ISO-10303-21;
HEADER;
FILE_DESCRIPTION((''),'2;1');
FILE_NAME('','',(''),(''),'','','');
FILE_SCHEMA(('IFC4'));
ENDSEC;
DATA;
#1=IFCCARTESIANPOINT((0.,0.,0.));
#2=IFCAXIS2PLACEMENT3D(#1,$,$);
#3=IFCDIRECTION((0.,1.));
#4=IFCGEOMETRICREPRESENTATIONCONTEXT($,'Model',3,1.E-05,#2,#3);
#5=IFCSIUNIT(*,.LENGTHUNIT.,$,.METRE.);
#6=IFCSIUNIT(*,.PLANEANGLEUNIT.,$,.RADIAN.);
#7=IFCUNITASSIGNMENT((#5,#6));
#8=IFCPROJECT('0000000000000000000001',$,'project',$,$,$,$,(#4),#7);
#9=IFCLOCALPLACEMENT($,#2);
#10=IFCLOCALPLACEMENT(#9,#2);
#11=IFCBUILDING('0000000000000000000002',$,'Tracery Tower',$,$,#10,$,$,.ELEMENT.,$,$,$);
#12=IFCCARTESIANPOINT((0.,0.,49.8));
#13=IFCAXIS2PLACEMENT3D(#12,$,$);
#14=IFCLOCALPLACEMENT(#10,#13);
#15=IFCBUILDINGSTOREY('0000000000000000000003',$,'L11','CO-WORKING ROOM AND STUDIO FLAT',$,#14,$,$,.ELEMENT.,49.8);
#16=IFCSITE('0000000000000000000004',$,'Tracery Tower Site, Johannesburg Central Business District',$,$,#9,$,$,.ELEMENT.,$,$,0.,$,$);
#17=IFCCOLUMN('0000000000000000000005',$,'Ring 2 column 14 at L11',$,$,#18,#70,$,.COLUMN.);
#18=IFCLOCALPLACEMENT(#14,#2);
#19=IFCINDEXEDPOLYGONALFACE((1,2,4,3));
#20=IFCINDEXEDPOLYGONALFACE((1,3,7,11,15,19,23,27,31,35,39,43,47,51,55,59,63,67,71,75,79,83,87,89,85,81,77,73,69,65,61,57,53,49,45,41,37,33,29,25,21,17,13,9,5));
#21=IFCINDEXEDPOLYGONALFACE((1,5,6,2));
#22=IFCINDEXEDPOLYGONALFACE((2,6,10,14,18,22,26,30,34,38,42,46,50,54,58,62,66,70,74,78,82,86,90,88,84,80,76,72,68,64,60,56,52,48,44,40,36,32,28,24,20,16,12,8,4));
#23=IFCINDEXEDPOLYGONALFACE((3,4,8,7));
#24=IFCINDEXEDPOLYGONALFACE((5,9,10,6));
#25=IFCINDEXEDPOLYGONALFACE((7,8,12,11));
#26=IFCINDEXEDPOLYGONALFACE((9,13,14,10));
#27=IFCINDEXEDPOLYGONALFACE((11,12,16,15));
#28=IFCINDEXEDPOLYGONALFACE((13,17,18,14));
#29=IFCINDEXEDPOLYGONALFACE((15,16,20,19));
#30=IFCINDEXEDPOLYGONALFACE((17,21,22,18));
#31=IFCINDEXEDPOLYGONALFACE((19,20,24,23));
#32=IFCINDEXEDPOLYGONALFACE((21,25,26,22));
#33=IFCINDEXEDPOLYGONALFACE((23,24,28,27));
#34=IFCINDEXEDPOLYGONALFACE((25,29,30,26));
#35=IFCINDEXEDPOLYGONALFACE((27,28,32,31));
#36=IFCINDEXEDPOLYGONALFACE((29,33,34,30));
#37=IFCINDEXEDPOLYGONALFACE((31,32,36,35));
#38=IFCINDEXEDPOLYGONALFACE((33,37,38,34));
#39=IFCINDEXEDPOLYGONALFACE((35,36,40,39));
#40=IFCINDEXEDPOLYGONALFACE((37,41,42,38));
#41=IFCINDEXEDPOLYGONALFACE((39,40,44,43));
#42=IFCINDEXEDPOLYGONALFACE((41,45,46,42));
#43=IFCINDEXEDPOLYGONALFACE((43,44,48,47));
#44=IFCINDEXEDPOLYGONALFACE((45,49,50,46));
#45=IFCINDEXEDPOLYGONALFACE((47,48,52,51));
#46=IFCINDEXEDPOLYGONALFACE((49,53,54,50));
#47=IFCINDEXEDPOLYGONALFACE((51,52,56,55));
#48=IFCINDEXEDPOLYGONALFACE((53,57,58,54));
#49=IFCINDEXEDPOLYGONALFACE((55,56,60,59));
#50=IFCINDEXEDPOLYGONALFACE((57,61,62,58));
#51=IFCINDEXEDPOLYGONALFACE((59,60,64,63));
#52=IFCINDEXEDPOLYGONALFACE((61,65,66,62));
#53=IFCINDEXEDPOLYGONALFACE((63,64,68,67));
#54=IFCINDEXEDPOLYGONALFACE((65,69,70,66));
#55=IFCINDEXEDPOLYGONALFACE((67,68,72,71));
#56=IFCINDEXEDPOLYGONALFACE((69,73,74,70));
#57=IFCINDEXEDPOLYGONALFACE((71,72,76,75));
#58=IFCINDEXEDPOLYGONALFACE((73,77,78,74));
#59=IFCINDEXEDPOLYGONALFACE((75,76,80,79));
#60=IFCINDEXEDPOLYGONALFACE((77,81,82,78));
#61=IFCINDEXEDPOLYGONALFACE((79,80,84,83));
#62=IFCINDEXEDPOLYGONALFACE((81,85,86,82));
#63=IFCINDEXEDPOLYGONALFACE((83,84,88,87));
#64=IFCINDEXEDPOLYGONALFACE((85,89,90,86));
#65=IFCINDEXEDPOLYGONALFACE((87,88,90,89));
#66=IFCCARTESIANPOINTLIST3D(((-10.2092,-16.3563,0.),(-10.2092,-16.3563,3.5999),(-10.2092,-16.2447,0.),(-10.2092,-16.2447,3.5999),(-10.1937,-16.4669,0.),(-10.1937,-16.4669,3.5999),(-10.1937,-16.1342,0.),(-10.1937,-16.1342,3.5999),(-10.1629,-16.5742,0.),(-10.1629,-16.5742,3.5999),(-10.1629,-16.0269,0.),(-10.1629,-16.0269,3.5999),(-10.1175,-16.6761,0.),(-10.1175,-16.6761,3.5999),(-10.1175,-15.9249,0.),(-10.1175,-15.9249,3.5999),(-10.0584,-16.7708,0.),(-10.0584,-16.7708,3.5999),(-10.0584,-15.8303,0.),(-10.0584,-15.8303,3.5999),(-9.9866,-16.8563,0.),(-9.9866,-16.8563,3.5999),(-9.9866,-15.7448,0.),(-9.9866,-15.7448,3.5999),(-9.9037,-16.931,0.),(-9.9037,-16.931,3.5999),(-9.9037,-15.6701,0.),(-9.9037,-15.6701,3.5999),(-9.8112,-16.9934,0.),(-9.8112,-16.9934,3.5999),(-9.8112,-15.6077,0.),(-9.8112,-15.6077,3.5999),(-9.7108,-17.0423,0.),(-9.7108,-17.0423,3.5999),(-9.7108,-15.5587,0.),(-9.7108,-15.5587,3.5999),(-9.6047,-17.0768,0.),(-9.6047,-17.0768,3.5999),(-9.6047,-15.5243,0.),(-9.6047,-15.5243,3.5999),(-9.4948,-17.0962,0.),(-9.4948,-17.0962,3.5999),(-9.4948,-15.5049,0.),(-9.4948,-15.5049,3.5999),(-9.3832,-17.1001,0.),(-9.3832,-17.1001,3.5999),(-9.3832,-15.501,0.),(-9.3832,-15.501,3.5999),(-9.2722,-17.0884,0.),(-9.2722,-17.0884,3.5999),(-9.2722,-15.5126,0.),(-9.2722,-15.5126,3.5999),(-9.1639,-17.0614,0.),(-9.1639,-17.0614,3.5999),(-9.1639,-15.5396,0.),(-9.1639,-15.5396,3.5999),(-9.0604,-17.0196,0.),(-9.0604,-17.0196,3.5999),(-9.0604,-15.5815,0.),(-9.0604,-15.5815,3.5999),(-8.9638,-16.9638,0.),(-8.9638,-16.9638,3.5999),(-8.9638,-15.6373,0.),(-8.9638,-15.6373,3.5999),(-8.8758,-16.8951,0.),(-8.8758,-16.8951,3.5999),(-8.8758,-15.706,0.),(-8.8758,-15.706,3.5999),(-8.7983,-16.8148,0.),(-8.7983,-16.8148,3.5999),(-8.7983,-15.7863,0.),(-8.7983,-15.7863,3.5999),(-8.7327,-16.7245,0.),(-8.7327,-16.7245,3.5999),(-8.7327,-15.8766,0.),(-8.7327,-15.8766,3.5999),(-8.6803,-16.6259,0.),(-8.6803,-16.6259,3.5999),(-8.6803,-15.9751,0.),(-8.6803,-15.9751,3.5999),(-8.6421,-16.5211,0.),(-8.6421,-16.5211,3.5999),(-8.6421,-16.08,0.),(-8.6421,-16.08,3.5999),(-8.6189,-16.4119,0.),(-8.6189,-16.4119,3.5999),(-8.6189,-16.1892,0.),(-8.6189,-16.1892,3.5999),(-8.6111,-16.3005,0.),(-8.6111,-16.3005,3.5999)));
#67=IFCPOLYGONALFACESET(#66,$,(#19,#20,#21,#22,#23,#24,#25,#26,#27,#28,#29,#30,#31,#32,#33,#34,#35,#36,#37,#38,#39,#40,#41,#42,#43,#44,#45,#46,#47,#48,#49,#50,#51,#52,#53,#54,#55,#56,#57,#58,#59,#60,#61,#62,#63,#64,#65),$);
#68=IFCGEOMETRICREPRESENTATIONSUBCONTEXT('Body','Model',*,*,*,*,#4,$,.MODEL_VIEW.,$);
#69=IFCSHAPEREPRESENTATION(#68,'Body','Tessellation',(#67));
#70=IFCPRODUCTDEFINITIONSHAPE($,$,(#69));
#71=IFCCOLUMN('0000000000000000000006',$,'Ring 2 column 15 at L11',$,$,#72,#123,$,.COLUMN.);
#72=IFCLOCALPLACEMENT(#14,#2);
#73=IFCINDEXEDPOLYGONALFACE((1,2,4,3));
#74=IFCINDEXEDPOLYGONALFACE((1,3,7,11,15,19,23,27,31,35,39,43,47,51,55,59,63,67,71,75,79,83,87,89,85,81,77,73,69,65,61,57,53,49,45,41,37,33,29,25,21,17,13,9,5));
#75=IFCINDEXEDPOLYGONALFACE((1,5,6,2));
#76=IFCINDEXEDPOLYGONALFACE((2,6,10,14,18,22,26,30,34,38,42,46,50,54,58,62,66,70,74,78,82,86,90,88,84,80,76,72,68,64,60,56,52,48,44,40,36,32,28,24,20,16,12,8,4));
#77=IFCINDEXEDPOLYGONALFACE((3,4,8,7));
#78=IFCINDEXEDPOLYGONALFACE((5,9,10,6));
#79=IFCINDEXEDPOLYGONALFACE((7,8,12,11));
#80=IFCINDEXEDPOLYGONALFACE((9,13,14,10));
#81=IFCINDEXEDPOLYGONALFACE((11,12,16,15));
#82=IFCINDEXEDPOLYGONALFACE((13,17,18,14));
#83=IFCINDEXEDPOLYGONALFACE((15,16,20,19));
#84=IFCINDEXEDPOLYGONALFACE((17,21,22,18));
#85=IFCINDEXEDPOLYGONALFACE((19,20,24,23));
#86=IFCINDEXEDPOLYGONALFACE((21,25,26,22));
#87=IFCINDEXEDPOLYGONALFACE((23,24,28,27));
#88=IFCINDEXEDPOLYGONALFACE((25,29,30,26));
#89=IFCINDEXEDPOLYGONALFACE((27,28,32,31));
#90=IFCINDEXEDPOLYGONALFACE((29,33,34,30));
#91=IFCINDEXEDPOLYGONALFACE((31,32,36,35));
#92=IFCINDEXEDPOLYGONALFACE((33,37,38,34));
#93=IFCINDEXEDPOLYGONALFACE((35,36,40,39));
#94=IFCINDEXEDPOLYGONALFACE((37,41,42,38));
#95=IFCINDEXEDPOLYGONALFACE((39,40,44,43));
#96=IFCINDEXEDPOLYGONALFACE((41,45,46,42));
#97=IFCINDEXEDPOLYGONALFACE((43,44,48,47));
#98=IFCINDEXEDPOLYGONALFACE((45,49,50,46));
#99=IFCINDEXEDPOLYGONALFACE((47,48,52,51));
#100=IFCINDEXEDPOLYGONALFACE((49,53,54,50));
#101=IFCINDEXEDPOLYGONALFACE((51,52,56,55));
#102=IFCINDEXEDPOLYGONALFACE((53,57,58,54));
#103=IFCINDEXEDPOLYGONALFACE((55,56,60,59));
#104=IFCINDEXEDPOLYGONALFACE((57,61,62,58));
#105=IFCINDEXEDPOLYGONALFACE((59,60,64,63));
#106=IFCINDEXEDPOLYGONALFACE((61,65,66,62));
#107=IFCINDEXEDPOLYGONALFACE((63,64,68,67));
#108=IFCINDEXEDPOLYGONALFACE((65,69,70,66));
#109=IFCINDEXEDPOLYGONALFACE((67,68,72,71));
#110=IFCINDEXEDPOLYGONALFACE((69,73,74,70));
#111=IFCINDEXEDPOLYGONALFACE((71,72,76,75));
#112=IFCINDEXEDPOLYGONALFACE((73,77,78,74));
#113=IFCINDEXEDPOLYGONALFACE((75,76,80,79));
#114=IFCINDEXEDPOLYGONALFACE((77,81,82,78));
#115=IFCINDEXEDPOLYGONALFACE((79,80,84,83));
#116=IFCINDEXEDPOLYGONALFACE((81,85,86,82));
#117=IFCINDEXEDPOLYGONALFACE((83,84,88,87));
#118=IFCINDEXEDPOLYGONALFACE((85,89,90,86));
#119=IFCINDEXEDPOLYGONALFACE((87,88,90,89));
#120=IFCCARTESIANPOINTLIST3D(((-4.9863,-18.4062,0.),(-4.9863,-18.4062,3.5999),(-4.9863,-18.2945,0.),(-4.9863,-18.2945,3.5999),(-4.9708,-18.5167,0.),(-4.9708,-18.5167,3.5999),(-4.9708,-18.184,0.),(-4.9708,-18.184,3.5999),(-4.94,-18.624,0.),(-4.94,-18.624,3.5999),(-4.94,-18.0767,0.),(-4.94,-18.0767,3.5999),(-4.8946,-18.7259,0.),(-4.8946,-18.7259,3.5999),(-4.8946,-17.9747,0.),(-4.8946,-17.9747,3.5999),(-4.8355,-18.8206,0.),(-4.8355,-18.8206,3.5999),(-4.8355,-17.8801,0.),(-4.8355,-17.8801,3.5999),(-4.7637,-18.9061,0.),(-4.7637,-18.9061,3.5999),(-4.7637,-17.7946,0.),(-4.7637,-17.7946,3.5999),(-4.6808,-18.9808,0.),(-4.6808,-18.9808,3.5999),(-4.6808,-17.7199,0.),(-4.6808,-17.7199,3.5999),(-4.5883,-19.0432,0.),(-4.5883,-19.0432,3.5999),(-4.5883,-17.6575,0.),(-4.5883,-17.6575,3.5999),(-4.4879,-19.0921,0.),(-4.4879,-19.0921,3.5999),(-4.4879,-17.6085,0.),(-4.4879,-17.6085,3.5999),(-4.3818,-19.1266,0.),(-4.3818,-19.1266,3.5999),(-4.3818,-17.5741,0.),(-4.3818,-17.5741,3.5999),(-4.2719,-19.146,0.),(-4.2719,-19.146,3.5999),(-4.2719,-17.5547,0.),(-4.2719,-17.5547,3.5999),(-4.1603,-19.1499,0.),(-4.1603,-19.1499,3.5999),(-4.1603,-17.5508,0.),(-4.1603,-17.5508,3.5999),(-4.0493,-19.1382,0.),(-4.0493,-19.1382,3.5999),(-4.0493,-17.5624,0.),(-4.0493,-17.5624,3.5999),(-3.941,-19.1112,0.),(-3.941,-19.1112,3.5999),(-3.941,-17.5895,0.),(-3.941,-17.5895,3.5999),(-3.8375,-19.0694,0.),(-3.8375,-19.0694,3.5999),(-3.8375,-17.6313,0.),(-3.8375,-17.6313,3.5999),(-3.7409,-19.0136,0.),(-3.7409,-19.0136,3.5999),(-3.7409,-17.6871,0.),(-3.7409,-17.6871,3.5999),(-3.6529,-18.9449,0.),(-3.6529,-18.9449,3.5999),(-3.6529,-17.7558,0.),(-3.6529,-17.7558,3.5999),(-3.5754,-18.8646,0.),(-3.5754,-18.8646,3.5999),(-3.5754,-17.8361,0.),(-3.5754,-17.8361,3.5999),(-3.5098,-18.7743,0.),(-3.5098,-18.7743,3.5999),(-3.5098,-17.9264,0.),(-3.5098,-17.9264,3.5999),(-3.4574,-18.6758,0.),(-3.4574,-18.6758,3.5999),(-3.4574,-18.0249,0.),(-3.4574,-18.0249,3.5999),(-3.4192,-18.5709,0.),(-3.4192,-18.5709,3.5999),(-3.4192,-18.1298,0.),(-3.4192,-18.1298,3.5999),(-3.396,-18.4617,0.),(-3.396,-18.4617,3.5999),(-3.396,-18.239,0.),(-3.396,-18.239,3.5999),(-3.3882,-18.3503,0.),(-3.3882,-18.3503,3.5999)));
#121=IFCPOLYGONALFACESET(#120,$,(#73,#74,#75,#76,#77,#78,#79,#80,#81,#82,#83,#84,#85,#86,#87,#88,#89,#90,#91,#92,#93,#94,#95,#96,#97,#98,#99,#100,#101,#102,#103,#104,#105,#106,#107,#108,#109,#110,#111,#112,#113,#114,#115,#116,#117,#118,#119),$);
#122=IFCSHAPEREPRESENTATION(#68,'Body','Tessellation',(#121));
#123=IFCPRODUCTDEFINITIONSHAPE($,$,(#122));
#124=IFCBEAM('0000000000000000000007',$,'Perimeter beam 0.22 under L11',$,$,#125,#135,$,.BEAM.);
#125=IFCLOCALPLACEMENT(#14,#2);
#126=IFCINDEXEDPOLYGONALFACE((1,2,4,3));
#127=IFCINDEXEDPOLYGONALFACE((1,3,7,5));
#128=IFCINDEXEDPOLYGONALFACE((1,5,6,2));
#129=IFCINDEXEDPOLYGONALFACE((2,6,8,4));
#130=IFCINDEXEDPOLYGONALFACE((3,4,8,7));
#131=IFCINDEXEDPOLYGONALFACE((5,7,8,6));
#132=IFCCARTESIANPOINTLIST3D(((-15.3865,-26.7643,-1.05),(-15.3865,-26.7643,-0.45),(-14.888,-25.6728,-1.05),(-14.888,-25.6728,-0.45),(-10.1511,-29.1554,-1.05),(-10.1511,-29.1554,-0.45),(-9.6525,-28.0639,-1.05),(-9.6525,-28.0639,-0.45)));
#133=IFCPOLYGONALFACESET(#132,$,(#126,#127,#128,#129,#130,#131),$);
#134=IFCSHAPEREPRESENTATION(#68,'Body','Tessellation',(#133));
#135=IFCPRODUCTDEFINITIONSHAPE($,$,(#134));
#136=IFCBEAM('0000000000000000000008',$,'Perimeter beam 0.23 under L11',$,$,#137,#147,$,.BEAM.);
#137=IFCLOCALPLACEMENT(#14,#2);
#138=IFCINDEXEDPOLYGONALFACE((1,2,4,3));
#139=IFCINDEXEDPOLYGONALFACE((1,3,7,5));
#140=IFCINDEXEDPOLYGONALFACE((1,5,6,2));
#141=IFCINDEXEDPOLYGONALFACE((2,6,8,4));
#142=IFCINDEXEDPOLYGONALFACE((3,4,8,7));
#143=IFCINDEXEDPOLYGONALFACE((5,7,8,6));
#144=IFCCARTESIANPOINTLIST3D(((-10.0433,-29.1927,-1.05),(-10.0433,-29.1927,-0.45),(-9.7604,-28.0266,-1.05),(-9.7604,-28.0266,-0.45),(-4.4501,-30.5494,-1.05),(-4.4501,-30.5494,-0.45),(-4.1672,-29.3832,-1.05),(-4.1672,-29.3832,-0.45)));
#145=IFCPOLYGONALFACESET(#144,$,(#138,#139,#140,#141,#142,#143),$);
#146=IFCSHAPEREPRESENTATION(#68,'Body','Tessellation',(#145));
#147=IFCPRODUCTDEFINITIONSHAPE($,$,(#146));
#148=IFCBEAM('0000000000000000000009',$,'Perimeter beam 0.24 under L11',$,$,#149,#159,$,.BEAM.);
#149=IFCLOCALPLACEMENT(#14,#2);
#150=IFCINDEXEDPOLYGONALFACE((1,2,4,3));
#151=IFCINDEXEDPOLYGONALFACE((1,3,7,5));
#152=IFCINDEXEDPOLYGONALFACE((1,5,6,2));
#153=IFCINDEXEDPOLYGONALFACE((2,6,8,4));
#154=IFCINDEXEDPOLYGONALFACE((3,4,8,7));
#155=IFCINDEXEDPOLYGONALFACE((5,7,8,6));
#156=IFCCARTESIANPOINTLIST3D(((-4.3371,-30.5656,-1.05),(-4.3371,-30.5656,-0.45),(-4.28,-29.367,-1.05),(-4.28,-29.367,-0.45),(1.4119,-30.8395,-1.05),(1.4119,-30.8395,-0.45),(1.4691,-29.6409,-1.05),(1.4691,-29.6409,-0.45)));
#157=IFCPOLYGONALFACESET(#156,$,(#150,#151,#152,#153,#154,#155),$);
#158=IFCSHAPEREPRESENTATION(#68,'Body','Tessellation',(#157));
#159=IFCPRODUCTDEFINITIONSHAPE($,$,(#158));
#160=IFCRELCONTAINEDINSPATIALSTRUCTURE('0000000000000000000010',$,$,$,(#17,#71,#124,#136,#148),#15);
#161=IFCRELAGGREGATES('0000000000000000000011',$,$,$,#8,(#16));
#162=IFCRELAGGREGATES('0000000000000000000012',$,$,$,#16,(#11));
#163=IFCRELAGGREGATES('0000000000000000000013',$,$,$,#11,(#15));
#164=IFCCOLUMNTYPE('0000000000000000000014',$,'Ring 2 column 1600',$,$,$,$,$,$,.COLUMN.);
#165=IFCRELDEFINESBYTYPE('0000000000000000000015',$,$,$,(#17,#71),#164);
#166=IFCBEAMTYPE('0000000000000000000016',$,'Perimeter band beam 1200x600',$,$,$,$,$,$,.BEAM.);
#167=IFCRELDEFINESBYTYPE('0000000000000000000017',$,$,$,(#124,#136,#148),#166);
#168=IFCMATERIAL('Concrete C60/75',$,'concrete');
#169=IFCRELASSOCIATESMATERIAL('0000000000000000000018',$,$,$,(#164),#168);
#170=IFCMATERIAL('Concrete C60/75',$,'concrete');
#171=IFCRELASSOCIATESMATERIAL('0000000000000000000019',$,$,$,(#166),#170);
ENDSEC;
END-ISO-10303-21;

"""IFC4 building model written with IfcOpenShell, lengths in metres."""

from ifc_helpers import new_model, si_unit, direction, frame, origin, origin_2d, place, context, subcontext, project, spatial, rectangle, circle, extrude, material, material_profile, profile_set, type_object, element, save


model = new_model("IFC4")

# Units and contexts
model_context = context("Model", 3, precision=1e-05, world=origin(), true_north=direction((0.0, 1.0)))
body_context = subcontext(model_context, "Body", "Model", "MODEL_VIEW")
ifc_project = project(units=[si_unit("LENGTHUNIT", "METRE"), si_unit("PLANEANGLEUNIT", "RADIAN")], contexts=[model_context])

# Site, building, storey
site_placement = place(None, origin())
site = spatial("IfcSite", under=ifc_project, at=site_placement, Name="Tracery Tower Site, Johannesburg Central Business District", CompositionType="ELEMENT", RefElevation=0.0)
building_placement = place(site_placement, origin())
building = spatial("IfcBuilding", under=site, at=building_placement, Name="Tracery Tower", CompositionType="ELEMENT")
storey_placement = place(building_placement, frame((0.0, 0.0, 49.8)))
storey = spatial("IfcBuildingStorey", under=building, at=storey_placement, Name="L11", Description="CO-WORKING ROOM AND STUDIO FLAT", CompositionType="ELEMENT", Elevation=49.8)

# Columns
ifc_material_1 = material(Name="Concrete C60/75", Category="concrete")
ifc_material_profile_1 = material_profile(ifc_material_1, circle(Radius=0.8, at=origin_2d()), Name="RC D1600")
ifc_profile_set_1 = profile_set([ifc_material_profile_1], Name="Concrete C60/75")
column_type_1 = type_object("IfcColumnType", Name="Ring 2 column 1600", PredefinedType="COLUMN", material=ifc_profile_set_1)
for number, where, z_axis, x_axis, name in (
    (1, (-9.4111, -16.3005, 0.0), (0.0, 0.0, 1.0), (1.0, 0.0, 0.0), "Ring 2 column 14 at L11"),
    (2, (-4.1882, -18.3503, 0.0), (0.0, 0.0, 1.0), (1.0, 0.0, 0.0), "Ring 2 column 15 at L11"),
):
    element("IfcColumn", number, at=place(storey_placement, frame(where, z_axis=z_axis, x_axis=x_axis)), inside=storey, type_object=column_type_1, Name=name, PredefinedType="COLUMN", context=body_context, shape_type="SweptSolid", body=[
        extrude(circle(Radius=0.8, at=origin_2d()), origin(), (0.0, 0.0, 1.0), 3.5999),
    ])

# Beams
ifc_material_2 = material(Name="Concrete C60/75", Category="concrete")
ifc_material_profile_2 = material_profile(ifc_material_2, rectangle(XDim=1.2, YDim=0.6001, at=origin_2d()), Name="RC 1200x600")
ifc_profile_set_2 = profile_set([ifc_material_profile_2], Name="Concrete C60/75")
beam_type = type_object("IfcBeamType", Name="Perimeter band beam 1200x600", PredefinedType="BEAM", material=ifc_profile_set_2)
beam_1_placement = place(storey_placement, frame((-15.1372, -26.2185, -0.75), z_axis=(0.909618, -0.415445, 0.0), x_axis=(0.415445, 0.909618, 0.0)))
element("IfcBeam", 3, at=beam_1_placement, inside=storey, type_object=beam_type, Name="Perimeter beam 0.22 under L11", PredefinedType="BEAM", context=body_context, shape_type="SweptSolid", body=[
    extrude(rectangle(XDim=1.2, YDim=0.6001, at=origin_2d()), origin(), (0.0, 0.0, 1.0), 5.7556),
])
beam_2_placement = place(storey_placement, frame((-9.9019, -28.6096, -0.75), z_axis=(0.97182, -0.235723, 0.0), x_axis=(0.235723, 0.97182, 0.0)))
element("IfcBeam", 4, at=beam_2_placement, inside=storey, type_object=beam_type, Name="Perimeter beam 0.23 under L11", PredefinedType="BEAM", context=body_context, shape_type="SweptSolid", body=[
    extrude(rectangle(XDim=1.2, YDim=0.6001, at=origin_2d()), origin(), (0.0, 0.0, 1.0), 5.7554),
])
beam_3_placement = place(storey_placement, frame((-4.3086, -29.9663, -0.75), z_axis=(0.998867, -0.047593, 0.0), x_axis=(0.047593, 0.998867, 0.0)))
element("IfcBeam", 5, at=beam_3_placement, inside=storey, type_object=beam_type, Name="Perimeter beam 0.24 under L11", PredefinedType="BEAM", context=body_context, shape_type="SweptSolid", body=[
    extrude(rectangle(XDim=1.2, YDim=0.6001, at=origin_2d()), origin(), (0.0, 0.0, 1.0), 5.7556),
])

save(model, "model.ifc")
